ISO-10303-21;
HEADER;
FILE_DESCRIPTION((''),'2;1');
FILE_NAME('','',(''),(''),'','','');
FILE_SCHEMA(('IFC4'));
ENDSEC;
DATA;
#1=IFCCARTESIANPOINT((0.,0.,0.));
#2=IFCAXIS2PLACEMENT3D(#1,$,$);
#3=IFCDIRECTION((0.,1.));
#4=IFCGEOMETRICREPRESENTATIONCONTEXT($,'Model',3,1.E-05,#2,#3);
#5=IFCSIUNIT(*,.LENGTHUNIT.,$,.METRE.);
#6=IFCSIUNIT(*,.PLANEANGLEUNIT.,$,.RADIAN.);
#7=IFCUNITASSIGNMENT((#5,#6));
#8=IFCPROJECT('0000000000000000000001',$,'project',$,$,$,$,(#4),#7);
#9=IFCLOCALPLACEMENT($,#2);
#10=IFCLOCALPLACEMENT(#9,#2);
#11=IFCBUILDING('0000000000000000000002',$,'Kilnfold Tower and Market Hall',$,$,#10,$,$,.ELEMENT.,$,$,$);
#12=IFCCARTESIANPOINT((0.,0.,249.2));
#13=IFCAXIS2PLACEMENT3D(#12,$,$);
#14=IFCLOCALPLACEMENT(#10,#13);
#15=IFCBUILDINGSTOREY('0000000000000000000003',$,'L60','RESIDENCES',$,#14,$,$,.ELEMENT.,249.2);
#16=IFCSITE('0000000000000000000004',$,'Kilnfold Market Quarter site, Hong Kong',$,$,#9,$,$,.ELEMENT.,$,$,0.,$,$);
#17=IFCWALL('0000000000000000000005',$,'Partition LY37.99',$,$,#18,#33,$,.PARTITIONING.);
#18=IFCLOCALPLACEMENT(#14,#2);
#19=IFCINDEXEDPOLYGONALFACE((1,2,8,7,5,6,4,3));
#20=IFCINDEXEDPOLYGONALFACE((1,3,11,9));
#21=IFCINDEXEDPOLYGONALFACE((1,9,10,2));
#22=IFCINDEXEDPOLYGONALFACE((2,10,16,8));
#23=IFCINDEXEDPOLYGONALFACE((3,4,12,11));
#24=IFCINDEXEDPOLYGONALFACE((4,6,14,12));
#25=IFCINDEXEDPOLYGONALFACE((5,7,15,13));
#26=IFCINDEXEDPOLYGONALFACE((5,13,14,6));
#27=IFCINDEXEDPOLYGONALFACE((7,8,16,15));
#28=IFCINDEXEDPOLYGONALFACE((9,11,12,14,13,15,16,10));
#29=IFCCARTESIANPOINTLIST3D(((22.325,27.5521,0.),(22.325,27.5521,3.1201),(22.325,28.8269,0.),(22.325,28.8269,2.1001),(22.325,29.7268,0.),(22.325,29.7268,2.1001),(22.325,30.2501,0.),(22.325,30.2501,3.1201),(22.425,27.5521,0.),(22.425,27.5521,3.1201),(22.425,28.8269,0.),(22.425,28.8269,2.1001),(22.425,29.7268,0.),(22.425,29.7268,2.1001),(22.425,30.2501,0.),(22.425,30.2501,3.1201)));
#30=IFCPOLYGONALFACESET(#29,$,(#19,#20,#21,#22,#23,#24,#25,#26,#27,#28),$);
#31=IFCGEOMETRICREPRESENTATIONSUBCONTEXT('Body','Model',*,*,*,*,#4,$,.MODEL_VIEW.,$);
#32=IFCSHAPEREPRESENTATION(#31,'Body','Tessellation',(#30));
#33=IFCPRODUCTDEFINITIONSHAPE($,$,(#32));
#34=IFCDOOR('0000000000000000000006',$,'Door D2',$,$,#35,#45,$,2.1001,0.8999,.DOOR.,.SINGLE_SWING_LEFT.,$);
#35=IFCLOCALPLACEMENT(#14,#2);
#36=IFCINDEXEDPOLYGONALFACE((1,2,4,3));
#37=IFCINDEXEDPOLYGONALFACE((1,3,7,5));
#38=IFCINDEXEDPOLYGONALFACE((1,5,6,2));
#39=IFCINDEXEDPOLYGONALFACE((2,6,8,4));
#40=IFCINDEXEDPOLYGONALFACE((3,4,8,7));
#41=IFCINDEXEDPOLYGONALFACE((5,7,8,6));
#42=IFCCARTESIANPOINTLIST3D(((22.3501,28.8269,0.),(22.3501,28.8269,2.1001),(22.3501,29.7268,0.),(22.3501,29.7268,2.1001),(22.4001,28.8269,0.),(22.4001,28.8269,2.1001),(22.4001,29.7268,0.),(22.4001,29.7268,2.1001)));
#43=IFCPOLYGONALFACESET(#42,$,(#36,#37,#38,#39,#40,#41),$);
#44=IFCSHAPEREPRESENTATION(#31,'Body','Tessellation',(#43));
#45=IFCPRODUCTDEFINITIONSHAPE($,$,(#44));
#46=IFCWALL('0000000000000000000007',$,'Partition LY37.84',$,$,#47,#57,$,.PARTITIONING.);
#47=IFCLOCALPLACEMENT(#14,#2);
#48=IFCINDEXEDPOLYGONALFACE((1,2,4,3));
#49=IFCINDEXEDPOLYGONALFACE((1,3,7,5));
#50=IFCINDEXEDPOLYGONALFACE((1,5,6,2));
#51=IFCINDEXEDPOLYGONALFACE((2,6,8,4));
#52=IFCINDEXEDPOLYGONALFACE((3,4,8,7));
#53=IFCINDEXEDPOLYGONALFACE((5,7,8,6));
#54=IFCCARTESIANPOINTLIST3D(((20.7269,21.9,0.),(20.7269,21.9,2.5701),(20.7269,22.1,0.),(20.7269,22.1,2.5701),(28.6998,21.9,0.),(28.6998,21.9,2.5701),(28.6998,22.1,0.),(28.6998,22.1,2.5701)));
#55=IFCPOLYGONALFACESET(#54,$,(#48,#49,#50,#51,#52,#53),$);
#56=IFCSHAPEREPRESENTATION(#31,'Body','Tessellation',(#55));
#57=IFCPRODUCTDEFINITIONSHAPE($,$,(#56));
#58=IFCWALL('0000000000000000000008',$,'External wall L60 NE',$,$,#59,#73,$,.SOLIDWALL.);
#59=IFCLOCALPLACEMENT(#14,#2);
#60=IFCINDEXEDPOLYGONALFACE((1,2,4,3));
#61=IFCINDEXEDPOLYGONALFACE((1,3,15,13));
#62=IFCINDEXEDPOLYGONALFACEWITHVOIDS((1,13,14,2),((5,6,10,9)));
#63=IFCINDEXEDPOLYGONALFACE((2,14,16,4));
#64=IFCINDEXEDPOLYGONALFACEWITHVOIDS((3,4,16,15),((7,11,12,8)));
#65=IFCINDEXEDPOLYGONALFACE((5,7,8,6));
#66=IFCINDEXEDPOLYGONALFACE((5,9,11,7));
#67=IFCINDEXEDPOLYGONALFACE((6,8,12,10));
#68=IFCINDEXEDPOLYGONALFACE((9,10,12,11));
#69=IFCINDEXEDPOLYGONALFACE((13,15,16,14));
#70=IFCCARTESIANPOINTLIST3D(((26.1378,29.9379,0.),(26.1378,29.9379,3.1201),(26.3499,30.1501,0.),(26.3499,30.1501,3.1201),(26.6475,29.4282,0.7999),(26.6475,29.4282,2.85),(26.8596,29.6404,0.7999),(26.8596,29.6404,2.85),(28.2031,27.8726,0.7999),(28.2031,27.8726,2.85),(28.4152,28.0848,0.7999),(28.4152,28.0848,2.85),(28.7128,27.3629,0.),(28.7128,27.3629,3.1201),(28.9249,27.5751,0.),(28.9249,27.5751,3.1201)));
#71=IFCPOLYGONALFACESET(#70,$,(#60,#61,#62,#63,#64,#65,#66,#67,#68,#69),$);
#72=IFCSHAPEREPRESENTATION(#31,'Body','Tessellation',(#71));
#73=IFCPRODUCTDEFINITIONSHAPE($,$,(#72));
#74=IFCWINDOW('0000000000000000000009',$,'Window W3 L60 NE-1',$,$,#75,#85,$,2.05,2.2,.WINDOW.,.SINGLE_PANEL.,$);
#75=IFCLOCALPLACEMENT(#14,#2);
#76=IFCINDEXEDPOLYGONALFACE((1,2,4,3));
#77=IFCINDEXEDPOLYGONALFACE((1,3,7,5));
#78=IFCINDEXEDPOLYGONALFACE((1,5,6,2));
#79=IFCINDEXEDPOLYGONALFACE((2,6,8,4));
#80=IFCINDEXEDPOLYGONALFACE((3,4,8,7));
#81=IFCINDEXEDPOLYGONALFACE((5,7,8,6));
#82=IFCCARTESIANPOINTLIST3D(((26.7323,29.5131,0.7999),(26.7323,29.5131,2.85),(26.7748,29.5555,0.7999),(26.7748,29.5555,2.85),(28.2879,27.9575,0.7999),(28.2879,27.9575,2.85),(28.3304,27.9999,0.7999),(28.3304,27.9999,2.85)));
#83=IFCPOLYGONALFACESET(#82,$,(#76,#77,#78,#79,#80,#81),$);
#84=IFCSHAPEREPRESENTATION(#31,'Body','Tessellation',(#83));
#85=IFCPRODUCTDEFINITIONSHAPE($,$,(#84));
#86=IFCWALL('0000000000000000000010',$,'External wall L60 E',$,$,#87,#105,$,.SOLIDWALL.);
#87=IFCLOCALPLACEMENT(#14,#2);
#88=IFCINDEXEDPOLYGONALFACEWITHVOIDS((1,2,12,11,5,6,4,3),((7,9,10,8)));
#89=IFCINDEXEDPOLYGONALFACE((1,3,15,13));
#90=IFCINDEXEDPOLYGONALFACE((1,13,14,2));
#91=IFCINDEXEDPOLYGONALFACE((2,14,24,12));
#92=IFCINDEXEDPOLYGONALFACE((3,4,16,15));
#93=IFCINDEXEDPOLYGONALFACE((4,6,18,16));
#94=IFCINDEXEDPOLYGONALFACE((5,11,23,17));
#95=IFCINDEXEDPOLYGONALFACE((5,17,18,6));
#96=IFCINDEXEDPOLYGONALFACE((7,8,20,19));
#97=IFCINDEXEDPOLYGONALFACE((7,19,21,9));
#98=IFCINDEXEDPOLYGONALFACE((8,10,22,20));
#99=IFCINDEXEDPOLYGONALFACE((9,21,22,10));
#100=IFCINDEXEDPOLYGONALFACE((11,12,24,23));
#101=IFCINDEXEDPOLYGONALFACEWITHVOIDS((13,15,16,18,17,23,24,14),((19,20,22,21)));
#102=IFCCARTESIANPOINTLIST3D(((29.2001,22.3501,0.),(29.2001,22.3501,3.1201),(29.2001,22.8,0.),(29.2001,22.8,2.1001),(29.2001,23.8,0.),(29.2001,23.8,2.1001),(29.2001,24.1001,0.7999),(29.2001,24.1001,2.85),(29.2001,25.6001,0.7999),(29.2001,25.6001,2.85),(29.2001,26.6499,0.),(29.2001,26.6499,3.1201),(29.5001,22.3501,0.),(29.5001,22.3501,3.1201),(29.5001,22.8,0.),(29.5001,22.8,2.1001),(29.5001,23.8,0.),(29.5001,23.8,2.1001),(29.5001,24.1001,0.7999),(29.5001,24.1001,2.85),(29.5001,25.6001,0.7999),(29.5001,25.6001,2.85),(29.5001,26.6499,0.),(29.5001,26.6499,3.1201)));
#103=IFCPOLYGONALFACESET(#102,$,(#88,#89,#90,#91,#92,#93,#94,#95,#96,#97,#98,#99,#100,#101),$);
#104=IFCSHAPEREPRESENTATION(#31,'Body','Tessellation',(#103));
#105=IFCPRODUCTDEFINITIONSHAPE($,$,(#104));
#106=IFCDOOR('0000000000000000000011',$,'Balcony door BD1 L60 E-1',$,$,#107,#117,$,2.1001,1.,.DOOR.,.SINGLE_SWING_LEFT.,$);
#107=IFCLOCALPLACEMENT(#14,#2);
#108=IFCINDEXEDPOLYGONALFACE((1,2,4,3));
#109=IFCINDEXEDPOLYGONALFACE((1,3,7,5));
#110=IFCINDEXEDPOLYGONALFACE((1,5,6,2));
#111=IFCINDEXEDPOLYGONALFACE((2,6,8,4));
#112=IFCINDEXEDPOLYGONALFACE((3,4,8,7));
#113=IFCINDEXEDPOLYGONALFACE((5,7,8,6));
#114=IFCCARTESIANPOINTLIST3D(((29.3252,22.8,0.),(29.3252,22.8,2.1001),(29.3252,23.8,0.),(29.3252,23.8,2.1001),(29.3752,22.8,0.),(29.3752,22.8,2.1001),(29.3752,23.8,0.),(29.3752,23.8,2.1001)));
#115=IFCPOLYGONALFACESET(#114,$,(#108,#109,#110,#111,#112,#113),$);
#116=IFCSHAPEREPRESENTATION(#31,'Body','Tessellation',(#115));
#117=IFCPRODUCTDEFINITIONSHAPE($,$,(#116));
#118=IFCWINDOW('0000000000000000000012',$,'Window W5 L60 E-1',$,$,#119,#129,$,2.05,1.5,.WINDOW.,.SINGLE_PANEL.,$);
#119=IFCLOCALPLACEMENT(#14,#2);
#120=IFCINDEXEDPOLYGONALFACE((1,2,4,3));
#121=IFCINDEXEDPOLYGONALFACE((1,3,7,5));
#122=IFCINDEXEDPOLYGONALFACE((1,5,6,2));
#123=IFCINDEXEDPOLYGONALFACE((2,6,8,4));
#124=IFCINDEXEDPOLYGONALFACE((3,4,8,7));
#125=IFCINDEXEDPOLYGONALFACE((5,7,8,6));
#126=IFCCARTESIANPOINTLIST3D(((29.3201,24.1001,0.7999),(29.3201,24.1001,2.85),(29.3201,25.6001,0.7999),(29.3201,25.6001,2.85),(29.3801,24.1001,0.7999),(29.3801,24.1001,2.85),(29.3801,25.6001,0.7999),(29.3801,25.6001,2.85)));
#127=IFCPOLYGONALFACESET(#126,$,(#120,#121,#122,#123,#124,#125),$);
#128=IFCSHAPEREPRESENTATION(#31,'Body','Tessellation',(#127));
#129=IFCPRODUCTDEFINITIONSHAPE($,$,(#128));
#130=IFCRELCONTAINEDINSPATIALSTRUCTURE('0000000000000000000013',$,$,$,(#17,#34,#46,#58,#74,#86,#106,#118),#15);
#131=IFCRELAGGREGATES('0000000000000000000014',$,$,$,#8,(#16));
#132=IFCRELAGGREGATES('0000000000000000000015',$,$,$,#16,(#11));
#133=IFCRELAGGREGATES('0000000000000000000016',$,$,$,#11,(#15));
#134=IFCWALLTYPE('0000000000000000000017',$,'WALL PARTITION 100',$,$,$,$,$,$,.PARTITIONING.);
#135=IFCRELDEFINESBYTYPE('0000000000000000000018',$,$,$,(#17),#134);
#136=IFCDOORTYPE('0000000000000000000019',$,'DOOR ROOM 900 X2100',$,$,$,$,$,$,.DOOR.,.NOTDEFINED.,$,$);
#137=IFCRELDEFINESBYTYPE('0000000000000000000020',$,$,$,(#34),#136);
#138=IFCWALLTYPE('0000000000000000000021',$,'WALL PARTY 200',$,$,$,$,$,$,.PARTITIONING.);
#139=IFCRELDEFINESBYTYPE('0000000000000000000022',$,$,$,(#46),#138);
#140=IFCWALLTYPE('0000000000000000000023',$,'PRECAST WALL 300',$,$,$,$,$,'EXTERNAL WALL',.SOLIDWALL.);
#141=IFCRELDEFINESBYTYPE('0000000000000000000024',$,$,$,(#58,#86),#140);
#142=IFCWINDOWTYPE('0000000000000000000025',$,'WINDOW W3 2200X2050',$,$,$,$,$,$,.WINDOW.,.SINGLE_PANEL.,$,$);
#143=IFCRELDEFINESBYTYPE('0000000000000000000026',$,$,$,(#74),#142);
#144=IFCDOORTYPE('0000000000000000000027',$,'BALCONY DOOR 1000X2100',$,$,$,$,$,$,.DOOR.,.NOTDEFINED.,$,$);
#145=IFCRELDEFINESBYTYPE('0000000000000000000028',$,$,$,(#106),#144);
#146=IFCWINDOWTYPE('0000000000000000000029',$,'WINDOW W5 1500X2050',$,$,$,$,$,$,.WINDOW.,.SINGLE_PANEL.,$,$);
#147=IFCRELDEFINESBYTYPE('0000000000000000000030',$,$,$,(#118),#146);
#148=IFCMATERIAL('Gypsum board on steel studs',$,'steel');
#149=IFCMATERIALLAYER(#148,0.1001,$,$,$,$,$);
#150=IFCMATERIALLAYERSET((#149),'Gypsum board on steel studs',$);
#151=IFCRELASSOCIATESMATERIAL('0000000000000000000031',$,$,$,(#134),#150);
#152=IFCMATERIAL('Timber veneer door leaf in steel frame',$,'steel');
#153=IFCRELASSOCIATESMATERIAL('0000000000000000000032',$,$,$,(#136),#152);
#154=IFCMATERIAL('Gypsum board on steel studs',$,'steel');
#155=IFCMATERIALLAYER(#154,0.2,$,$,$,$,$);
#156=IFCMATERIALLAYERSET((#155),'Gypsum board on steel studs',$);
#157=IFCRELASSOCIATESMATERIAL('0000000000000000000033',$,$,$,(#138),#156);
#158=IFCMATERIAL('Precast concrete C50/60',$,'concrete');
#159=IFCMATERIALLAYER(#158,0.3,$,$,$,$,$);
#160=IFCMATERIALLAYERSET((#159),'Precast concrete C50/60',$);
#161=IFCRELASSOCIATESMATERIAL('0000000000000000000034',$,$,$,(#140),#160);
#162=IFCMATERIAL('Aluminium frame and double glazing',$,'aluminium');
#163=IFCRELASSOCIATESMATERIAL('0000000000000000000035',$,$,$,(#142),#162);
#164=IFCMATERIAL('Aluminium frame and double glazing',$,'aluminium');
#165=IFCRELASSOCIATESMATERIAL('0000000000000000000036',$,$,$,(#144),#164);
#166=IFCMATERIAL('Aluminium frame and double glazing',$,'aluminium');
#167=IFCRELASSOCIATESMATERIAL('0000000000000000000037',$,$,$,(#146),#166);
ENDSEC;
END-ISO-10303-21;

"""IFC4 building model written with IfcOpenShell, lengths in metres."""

from ifc_helpers import new_model, si_unit, direction, frame, frame_2d, origin, place, context, subcontext, project, spatial, rectangle, extrude, source, transform, mapped, material, layer, layer_set, type_object, element, fill, save


model = new_model("IFC4")

# Units and contexts
model_context = context("Model", 3, precision=1e-05, world=origin(), true_north=direction((0.0, 1.0)))
body_context = subcontext(model_context, "Body", "Model", "MODEL_VIEW")
ifc_project = project(units=[si_unit("LENGTHUNIT", "METRE"), si_unit("PLANEANGLEUNIT", "RADIAN")], contexts=[model_context])

# Site, building, storey
site_placement = place(None, origin())
site = spatial("IfcSite", under=ifc_project, at=site_placement, Name="Kilnfold Market Quarter site, Hong Kong", CompositionType="ELEMENT", RefElevation=0.0)
building_placement = place(site_placement, origin())
building = spatial("IfcBuilding", under=site, at=building_placement, Name="Kilnfold Tower and Market Hall", CompositionType="ELEMENT")
storey_placement = place(building_placement, frame((0.0, 0.0, 249.2)))
storey = spatial("IfcBuildingStorey", under=building, at=storey_placement, Name="L60", Description="RESIDENCES", CompositionType="ELEMENT", Elevation=249.2)

# Shared definitions
ifc_material_1 = material(Name="Gypsum board on steel studs", Category="steel")
ifc_layer_1 = layer(ifc_material_1, 0.1001)
ifc_layer_set_1 = layer_set([ifc_layer_1], Name="Gypsum board on steel studs")
wall_type_1 = type_object("IfcWallType", Name="WALL PARTITION 100", PredefinedType="PARTITIONING", material=ifc_layer_set_1)

# Wall, opening, door
wall_1_placement = place(storey_placement, frame((22.375, 27.552, 0.0), z_axis=(0.0, 0.0, 1.0), x_axis=(0.0, 1.0, 0.0)))
wall_1 = element("IfcWall", 1, at=wall_1_placement, inside=storey, type_object=wall_type_1, Name="Partition LY37.99", PredefinedType="PARTITIONING", context=body_context, shape_type="SweptSolid", body=[
    extrude(rectangle(XDim=2.698, YDim=0.1001, at=frame_2d((1.3491, 0.0))), origin(), (0.0, 0.0, 1.0), 3.1201),
])
opening_1_placement = place(wall_1_placement, frame((1.2749, 0.0, 0.0)))
opening_1 = element("IfcOpeningElement", 2, at=opening_1_placement, cuts=wall_1, PredefinedType="OPENING", context=body_context, shape_type="SweptSolid", body=[
    extrude(rectangle(XDim=0.8999, YDim=2.1001, at=frame_2d((0.45, 1.05))), frame((0.0, 0.0601, 0.0), z_axis=(0.0, -1.0, 0.0), x_axis=(1.0, 0.0, 0.0)), (0.0, 0.0, 1.0), 0.1201),
])
ifc_material_2 = material(Name="Timber veneer door leaf in steel frame", Category="steel")
door_type_1 = type_object("IfcDoorType", Name="DOOR ROOM 900 X2100", OperationType="NOTDEFINED", PredefinedType="DOOR", material=ifc_material_2)
door_1_placement = place(opening_1_placement, origin())
door_1 = element("IfcDoor", 3, at=door_1_placement, inside=storey, type_object=door_type_1, Name="Door D2", OperationType="SINGLE_SWING_LEFT", OverallHeight=2.1001, OverallWidth=0.8999, PredefinedType="DOOR", context=body_context, shape_type="SweptSolid", body=[
    extrude(rectangle(XDim=0.8999, YDim=2.1001, at=frame_2d((0.45, 1.05))), frame((0.0, 0.0249, 0.0), z_axis=(0.0, -1.0, 0.0), x_axis=(1.0, 0.0, 0.0)), (0.0, 0.0, 1.0), 0.05),
])
fill(opening_1, door_1)

# Wall
ifc_material_3 = material(Name="Gypsum board on steel studs", Category="steel")
ifc_layer_2 = layer(ifc_material_3, 0.2)
ifc_layer_set_2 = layer_set([ifc_layer_2], Name="Gypsum board on steel studs")
wall_type_2 = type_object("IfcWallType", Name="WALL PARTY 200", PredefinedType="PARTITIONING", material=ifc_layer_set_2)
wall_2_placement = place(storey_placement, frame((20.7271, 22.0, 0.0), z_axis=(0.0, 0.0, 1.0), x_axis=(1.0, 0.0, 0.0)))
element("IfcWall", 4, at=wall_2_placement, inside=storey, type_object=wall_type_2, Name="Partition LY37.84", PredefinedType="PARTITIONING", context=body_context, shape_type="SweptSolid", body=[
    extrude(rectangle(XDim=7.9729, YDim=0.2, at=frame_2d((3.9863, 0.0))), origin(), (0.0, 0.0, 1.0), 2.5701),
])

# Wall, opening, window
ifc_material_4 = material(Name="Precast concrete C50/60", Category="concrete")
ifc_layer_3 = layer(ifc_material_4, 0.3)
ifc_layer_set_3 = layer_set([ifc_layer_3], Name="Precast concrete C50/60")
wall_type_3 = type_object("IfcWallType", Name="PRECAST WALL 300", ElementType="EXTERNAL WALL", PredefinedType="SOLIDWALL", material=ifc_layer_set_3)
shared_shape_1 = source(origin(), body_context, "Body", "SweptSolid", [
    extrude(rectangle(XDim=3.6416, YDim=0.3, at=frame_2d((1.8208, 0.0))), origin(), (0.0, 0.0, 1.0), 3.1201),
])
wall_3_placement = place(storey_placement, frame((28.8188, 27.469, 0.0), z_axis=(0.0, 0.0, 1.0), x_axis=(-0.707107, 0.707107, 0.0)))
wall_3 = element("IfcWall", 5, at=wall_3_placement, inside=storey, type_object=wall_type_3, Name="External wall L60 NE", PredefinedType="SOLIDWALL", context=body_context, shape_type="MappedRepresentation", body=[
    mapped(shared_shape_1, transform((0.0, 0.0, 0.0))),
])
opening_2_placement = place(wall_3_placement, frame((0.7207, 0.0, 0.8)))
opening_2 = element("IfcOpeningElement", 6, at=opening_2_placement, cuts=wall_3, PredefinedType="OPENING", context=body_context, shape_type="SweptSolid", body=[
    extrude(rectangle(XDim=2.2, YDim=2.05, at=frame_2d((1.1001, 1.0249))), frame((0.0, 0.1602, 0.0), z_axis=(0.0, -1.0, 0.0), x_axis=(1.0, 0.0, 0.0)), (0.0, 0.0, 1.0), 0.3201),
])
ifc_material_5 = material(Name="Aluminium frame and double glazing", Category="aluminium")
window_type_1 = type_object("IfcWindowType", Name="WINDOW W3 2200X2050", PartitioningType="SINGLE_PANEL", PredefinedType="WINDOW", material=ifc_material_5)
window_1_placement = place(opening_2_placement, origin())
window_1 = element("IfcWindow", 7, at=window_1_placement, inside=storey, type_object=window_type_1, Name="Window W3 L60 NE-1", OverallHeight=2.05, OverallWidth=2.2, PartitioningType="SINGLE_PANEL", PredefinedType="WINDOW", context=body_context, shape_type="SweptSolid", body=[
    extrude(rectangle(XDim=2.2, YDim=2.05, at=frame_2d((1.1001, 1.0249))), frame((0.0, 0.03, 0.0), z_axis=(0.0, -1.0, 0.0), x_axis=(1.0, 0.0, 0.0)), (0.0, 0.0, 1.0), 0.0601),
])
fill(opening_2, window_1)

# Wall, openings, door, window
shared_shape_2 = source(origin(), body_context, "Body", "SweptSolid", [
    extrude(rectangle(XDim=4.2998, YDim=0.3, at=frame_2d((2.1499, 0.0))), origin(), (0.0, 0.0, 1.0), 3.1201),
])
wall_4_placement = place(storey_placement, frame((29.3501, 22.3501, 0.0), z_axis=(0.0, 0.0, 1.0), x_axis=(0.0, 1.0, 0.0)))
wall_4 = element("IfcWall", 8, at=wall_4_placement, inside=storey, type_object=wall_type_3, Name="External wall L60 E", PredefinedType="SOLIDWALL", context=body_context, shape_type="MappedRepresentation", body=[
    mapped(shared_shape_2, transform((0.0, 0.0, 0.0))),
])
opening_3_placement = place(wall_4_placement, frame((1.75, 0.0, 0.8)))
opening_3 = element("IfcOpeningElement", 9, at=opening_3_placement, cuts=wall_4, PredefinedType="OPENING", context=body_context, shape_type="SweptSolid", body=[
    extrude(rectangle(XDim=1.5, YDim=2.05, at=frame_2d((0.75, 1.0249))), frame((0.0, 0.1602, 0.0), z_axis=(0.0, -1.0, 0.0), x_axis=(1.0, 0.0, 0.0)), (0.0, 0.0, 1.0), 0.3201),
])
opening_4_placement = place(wall_4_placement, frame((0.45, 0.0, 0.0)))
opening_4 = element("IfcOpeningElement", 10, at=opening_4_placement, cuts=wall_4, PredefinedType="OPENING", context=body_context, shape_type="SweptSolid", body=[
    extrude(rectangle(XDim=1.0, YDim=2.1001, at=frame_2d((0.5, 1.05))), frame((0.0, 0.1602, 0.0), z_axis=(0.0, -1.0, 0.0), x_axis=(1.0, 0.0, 0.0)), (0.0, 0.0, 1.0), 0.3201),
])
ifc_material_6 = material(Name="Aluminium frame and double glazing", Category="aluminium")
door_type_2 = type_object("IfcDoorType", Name="BALCONY DOOR 1000X2100", OperationType="NOTDEFINED", PredefinedType="DOOR", material=ifc_material_6)
door_2_placement = place(opening_4_placement, origin())
door_2 = element("IfcDoor", 11, at=door_2_placement, inside=storey, type_object=door_type_2, Name="Balcony door BD1 L60 E-1", OperationType="SINGLE_SWING_LEFT", OverallHeight=2.1001, OverallWidth=1.0, PredefinedType="DOOR", context=body_context, shape_type="SweptSolid", body=[
    extrude(rectangle(XDim=1.0, YDim=2.1001, at=frame_2d((0.5, 1.05))), frame((0.0, 0.0249, 0.0), z_axis=(0.0, -1.0, 0.0), x_axis=(1.0, 0.0, 0.0)), (0.0, 0.0, 1.0), 0.05),
])
fill(opening_4, door_2)
ifc_material_7 = material(Name="Aluminium frame and double glazing", Category="aluminium")
window_type_2 = type_object("IfcWindowType", Name="WINDOW W5 1500X2050", PartitioningType="SINGLE_PANEL", PredefinedType="WINDOW", material=ifc_material_7)
window_2_placement = place(opening_3_placement, origin())
window_2 = element("IfcWindow", 12, at=window_2_placement, inside=storey, type_object=window_type_2, Name="Window W5 L60 E-1", OverallHeight=2.05, OverallWidth=1.5, PartitioningType="SINGLE_PANEL", PredefinedType="WINDOW", context=body_context, shape_type="SweptSolid", body=[
    extrude(rectangle(XDim=1.5, YDim=2.05, at=frame_2d((0.75, 1.0249))), frame((0.0, 0.03, 0.0), z_axis=(0.0, -1.0, 0.0), x_axis=(1.0, 0.0, 0.0)), (0.0, 0.0, 1.0), 0.0601),
])
fill(opening_3, window_2)

save(model, "model.ifc")
